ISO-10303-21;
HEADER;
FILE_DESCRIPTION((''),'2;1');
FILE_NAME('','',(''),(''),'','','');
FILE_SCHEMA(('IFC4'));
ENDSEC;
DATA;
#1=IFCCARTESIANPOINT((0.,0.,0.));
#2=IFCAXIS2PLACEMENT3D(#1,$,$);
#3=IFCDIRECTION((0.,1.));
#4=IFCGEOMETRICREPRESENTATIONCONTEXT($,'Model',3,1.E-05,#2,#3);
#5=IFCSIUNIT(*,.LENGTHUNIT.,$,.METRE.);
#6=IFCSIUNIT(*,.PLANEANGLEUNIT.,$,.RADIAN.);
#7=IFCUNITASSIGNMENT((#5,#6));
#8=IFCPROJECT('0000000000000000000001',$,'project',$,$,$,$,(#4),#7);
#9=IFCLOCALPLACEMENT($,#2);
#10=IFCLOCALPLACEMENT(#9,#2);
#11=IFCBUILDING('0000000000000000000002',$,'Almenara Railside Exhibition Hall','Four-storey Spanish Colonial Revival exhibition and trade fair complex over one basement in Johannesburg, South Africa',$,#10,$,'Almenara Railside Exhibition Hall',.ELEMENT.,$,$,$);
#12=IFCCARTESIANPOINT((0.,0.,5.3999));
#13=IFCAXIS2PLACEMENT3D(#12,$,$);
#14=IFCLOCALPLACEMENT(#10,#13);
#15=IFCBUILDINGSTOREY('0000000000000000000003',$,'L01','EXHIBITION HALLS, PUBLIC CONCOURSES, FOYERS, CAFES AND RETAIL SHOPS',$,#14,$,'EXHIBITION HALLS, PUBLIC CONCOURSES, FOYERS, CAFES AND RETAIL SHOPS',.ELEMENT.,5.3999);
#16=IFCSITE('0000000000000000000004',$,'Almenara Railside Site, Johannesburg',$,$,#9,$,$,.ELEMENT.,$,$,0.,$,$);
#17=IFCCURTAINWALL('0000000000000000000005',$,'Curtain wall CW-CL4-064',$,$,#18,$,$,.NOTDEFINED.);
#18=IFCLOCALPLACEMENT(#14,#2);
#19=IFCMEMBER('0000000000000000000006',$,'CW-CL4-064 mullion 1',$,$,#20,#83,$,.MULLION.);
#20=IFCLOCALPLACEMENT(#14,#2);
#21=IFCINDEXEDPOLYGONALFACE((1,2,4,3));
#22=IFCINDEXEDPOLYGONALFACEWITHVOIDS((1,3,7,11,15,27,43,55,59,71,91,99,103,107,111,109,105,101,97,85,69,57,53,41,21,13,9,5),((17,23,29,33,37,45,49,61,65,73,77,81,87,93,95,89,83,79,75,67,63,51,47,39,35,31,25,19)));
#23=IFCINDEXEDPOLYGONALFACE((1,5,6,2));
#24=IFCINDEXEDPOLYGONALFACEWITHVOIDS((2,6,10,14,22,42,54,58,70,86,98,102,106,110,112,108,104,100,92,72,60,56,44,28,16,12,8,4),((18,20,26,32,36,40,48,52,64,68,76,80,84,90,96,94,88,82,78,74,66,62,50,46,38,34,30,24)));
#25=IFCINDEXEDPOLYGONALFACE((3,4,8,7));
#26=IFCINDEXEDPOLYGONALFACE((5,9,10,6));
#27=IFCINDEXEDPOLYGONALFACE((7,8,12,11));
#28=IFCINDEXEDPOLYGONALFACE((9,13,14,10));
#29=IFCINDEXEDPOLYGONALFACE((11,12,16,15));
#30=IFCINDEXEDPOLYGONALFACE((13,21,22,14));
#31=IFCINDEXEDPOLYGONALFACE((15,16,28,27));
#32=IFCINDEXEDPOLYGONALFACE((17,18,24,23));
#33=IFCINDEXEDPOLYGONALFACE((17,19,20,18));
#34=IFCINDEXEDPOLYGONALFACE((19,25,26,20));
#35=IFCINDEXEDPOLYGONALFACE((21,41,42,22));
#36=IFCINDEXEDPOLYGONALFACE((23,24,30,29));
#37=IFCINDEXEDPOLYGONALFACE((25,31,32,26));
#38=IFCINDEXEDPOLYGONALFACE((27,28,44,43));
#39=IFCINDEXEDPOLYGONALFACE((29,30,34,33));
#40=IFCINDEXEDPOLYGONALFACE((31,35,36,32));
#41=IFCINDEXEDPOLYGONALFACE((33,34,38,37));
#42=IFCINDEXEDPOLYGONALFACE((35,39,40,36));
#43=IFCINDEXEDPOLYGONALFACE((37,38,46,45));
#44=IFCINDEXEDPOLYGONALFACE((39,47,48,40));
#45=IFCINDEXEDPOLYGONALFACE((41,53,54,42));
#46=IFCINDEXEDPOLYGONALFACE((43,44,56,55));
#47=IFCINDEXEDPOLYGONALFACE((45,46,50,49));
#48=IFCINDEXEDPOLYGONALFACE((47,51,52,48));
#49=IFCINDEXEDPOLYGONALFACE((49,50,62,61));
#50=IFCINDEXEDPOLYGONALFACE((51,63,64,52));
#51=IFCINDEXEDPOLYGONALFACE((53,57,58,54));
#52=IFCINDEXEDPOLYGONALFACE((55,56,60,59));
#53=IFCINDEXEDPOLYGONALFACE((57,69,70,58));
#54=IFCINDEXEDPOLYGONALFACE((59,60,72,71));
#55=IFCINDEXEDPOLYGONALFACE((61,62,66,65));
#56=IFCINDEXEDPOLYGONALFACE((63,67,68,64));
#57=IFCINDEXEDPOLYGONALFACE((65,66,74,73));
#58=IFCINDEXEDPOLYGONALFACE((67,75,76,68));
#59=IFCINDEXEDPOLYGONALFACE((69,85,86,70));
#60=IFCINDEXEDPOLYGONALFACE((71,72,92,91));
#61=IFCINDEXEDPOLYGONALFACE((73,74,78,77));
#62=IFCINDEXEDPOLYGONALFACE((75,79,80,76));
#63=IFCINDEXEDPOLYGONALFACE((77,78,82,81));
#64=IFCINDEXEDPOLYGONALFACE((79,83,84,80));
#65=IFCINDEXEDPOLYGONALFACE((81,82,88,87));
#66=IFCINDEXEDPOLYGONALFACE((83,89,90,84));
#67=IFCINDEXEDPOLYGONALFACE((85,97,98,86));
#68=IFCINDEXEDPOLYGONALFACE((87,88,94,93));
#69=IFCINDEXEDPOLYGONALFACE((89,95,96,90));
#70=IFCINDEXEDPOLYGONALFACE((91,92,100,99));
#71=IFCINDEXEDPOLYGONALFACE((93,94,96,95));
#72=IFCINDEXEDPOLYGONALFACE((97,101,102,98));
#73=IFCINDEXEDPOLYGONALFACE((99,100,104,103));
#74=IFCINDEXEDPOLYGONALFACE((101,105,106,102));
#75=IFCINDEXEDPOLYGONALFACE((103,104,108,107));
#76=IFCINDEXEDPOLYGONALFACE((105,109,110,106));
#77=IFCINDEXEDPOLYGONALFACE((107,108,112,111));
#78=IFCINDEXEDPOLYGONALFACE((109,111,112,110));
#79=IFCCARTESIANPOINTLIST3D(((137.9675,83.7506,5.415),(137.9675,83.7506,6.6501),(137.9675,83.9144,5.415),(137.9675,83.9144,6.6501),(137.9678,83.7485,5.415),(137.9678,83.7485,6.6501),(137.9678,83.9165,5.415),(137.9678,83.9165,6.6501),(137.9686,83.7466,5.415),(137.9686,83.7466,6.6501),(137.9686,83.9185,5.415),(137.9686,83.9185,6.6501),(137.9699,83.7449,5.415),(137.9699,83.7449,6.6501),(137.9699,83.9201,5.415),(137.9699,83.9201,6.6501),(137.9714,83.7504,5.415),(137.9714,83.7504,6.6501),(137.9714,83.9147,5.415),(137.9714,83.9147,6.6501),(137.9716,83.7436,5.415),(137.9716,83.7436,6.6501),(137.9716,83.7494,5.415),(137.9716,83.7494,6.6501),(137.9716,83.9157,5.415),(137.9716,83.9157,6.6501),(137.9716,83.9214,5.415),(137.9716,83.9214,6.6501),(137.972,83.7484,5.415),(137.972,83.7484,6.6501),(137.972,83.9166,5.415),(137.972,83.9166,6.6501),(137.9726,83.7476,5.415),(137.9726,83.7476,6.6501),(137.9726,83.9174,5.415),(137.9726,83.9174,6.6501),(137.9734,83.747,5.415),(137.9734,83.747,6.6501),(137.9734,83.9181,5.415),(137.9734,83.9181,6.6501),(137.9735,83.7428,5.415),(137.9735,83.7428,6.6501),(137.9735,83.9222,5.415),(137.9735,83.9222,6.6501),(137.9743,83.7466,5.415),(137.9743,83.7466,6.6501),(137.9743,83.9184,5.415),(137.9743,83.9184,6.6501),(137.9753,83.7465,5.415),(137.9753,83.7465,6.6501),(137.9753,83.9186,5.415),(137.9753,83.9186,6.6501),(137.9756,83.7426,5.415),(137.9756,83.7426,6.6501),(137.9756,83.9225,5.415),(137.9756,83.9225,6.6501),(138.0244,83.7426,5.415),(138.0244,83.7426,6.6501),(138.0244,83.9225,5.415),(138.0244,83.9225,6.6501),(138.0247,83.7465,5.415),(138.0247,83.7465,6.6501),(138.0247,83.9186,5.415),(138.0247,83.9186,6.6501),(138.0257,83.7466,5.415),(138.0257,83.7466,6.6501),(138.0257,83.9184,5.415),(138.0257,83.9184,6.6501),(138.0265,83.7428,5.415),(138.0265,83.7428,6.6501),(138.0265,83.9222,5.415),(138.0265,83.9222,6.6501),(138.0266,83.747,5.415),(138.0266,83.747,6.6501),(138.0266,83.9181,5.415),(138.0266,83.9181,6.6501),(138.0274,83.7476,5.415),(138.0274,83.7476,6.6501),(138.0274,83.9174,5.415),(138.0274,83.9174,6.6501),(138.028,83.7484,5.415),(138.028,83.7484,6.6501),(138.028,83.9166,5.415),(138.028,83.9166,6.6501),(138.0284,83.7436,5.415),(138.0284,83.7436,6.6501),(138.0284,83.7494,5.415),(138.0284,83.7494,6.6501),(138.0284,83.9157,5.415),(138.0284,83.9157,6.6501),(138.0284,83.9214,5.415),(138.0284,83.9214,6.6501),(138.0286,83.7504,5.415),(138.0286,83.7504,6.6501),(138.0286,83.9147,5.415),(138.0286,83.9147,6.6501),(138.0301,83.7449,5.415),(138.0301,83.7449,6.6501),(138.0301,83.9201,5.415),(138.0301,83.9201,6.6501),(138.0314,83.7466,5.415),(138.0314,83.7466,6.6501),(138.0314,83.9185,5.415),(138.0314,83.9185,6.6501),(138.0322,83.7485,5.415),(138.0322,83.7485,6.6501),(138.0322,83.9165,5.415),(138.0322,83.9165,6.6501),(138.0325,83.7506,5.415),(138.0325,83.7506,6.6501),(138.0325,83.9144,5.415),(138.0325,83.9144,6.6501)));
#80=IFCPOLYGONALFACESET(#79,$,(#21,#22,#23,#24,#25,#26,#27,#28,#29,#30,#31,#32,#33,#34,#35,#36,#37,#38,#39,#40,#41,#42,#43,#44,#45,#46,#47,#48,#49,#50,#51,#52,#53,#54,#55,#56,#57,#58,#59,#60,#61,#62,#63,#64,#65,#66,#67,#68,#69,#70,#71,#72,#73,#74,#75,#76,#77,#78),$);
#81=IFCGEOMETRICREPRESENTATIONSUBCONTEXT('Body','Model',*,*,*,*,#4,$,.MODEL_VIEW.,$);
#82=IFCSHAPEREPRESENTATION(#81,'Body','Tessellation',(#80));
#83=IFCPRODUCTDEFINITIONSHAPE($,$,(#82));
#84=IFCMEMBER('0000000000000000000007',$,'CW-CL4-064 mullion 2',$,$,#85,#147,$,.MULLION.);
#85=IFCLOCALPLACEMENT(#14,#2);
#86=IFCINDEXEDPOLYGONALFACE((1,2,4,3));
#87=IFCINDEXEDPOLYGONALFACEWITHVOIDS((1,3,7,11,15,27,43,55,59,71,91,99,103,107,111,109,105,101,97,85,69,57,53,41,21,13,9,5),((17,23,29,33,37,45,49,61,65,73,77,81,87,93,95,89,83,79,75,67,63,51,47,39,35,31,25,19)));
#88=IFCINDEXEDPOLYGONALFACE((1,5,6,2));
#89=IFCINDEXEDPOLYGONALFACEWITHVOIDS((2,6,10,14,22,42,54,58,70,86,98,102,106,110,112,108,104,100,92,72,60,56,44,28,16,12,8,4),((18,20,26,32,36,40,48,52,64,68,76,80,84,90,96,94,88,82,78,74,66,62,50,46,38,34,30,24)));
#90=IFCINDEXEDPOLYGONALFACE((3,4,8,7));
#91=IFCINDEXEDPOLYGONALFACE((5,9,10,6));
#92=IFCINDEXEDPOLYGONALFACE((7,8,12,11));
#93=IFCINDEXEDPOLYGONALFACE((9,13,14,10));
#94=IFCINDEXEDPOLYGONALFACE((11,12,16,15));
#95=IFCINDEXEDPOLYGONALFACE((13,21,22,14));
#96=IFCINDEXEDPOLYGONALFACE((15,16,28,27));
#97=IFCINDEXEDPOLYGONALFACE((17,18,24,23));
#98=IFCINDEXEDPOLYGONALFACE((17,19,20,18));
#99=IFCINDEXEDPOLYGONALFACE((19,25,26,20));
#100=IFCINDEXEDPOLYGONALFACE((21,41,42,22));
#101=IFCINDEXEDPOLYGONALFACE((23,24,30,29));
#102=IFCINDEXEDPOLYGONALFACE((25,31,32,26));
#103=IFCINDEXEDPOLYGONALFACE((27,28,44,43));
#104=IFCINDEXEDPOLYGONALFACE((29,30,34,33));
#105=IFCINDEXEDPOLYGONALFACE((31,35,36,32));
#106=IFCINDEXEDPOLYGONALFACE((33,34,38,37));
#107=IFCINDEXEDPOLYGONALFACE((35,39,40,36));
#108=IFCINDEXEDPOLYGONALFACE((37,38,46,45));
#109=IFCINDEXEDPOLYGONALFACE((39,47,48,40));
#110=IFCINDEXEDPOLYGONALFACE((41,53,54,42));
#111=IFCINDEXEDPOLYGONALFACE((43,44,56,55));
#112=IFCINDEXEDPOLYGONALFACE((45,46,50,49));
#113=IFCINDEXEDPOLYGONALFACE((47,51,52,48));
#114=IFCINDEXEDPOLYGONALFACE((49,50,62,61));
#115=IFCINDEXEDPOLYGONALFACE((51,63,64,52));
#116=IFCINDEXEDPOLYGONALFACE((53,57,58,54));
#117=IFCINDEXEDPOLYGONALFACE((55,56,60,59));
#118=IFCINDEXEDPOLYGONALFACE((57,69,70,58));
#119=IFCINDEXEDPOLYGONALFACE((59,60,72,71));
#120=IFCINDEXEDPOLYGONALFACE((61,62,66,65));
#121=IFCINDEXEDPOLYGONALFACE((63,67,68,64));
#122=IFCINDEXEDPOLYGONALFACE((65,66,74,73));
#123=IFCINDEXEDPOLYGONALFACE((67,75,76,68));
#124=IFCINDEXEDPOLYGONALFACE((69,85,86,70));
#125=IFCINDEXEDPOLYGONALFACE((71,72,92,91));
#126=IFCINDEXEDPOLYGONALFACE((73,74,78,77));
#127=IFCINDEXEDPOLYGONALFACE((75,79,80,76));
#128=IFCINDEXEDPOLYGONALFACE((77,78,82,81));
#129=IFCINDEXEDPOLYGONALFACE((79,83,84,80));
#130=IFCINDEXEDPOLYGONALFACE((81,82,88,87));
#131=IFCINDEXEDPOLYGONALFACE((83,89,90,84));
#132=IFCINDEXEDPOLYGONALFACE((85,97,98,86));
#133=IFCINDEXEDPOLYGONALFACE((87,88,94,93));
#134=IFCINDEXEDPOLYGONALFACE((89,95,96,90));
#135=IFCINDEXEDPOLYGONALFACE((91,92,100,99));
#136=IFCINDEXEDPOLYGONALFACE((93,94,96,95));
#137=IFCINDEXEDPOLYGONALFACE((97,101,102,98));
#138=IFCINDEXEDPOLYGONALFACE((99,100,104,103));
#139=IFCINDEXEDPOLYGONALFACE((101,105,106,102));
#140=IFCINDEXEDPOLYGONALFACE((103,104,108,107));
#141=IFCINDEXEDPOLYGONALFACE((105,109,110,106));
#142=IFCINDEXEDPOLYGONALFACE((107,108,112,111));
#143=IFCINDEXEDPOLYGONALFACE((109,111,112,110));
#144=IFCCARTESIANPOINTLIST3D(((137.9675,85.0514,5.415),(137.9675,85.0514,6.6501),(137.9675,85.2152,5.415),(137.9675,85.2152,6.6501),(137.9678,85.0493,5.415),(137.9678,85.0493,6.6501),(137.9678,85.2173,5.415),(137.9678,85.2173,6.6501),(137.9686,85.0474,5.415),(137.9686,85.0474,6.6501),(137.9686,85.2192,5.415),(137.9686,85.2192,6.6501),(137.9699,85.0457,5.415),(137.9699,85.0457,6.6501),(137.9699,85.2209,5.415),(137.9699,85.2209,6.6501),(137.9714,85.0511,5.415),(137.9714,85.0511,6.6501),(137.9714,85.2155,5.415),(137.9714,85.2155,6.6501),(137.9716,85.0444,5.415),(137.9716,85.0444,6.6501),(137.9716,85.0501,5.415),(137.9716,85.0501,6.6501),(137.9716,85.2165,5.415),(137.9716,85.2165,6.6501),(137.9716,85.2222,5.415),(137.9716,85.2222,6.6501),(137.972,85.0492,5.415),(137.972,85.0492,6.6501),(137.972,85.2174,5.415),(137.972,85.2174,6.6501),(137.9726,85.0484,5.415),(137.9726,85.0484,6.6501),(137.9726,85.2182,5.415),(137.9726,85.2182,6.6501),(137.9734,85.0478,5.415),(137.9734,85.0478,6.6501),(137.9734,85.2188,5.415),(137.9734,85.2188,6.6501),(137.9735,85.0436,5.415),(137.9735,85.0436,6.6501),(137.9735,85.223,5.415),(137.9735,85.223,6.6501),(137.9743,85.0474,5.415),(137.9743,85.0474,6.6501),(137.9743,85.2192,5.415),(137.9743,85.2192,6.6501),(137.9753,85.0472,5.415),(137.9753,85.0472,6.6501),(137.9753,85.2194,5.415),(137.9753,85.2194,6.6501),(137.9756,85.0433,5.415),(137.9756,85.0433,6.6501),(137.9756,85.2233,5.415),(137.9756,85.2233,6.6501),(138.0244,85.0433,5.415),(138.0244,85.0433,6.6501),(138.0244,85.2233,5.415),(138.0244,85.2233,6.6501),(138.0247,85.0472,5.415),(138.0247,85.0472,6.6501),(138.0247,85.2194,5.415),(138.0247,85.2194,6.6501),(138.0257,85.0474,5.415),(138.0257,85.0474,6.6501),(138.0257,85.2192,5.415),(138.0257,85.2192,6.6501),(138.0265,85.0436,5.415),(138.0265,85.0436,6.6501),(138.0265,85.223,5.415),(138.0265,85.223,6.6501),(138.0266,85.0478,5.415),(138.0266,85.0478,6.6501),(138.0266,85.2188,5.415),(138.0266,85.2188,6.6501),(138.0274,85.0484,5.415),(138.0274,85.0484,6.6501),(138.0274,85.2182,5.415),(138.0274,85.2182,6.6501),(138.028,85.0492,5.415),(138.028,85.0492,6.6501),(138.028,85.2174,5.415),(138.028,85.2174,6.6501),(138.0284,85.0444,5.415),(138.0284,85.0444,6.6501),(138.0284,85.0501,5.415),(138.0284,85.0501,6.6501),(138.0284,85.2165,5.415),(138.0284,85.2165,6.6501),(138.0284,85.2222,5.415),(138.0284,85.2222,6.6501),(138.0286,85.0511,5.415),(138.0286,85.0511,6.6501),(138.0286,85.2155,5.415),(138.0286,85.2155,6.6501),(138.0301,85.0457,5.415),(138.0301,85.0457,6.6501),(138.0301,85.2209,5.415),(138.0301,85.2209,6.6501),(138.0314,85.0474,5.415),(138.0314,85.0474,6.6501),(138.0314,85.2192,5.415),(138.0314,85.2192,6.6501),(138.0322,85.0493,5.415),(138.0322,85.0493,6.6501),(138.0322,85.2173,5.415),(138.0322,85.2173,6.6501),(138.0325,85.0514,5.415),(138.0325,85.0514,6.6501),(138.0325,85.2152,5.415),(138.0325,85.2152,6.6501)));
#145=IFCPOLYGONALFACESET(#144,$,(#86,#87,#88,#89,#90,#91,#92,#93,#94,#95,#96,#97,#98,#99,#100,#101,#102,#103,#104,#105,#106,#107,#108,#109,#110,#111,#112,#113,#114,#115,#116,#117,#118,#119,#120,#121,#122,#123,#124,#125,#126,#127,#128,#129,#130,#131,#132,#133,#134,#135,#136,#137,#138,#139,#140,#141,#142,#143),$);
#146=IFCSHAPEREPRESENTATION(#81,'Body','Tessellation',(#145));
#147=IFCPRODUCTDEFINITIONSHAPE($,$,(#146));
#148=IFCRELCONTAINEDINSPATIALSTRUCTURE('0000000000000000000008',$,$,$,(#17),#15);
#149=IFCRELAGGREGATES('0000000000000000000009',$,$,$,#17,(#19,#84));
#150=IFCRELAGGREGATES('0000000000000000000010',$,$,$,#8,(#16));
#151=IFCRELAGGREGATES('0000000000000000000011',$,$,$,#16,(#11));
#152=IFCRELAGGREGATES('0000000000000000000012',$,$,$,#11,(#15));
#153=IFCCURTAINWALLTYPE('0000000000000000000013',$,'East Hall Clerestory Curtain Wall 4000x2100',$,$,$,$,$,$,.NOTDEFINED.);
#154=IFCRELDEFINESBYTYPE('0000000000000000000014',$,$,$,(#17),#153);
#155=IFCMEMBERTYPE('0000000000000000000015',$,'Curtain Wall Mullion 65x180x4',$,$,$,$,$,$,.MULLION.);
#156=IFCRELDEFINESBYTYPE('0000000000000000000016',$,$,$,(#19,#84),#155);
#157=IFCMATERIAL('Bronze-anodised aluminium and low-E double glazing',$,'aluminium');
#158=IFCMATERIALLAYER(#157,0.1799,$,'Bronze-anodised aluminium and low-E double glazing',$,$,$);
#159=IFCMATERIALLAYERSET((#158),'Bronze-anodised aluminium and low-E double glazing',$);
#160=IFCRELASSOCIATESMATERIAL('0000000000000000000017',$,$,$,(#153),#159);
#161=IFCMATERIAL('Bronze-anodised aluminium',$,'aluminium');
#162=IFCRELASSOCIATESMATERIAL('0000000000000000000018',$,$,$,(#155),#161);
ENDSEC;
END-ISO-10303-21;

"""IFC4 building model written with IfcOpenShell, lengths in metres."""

from ifc_helpers import new_model, si_unit, direction, frame, origin, origin_2d, place, context, subcontext, project, spatial, hollow_rectangle, extrude, material, layer, layer_set, material_profile, profile_set, type_object, element, aggregate, save


model = new_model("IFC4")

# Units and contexts
model_context = context("Model", 3, precision=1e-05, world=origin(), true_north=direction((0.0, 1.0)))
body_context = subcontext(model_context, "Body", "Model", "MODEL_VIEW")
ifc_project = project(units=[si_unit("LENGTHUNIT", "METRE"), si_unit("PLANEANGLEUNIT", "RADIAN")], contexts=[model_context])

# Site, building, storey
site_placement = place(None, origin())
site = spatial("IfcSite", under=ifc_project, at=site_placement, Name="Almenara Railside Site, Johannesburg", CompositionType="ELEMENT", RefElevation=0.0)
building_placement = place(site_placement, origin())
building = spatial("IfcBuilding", under=site, at=building_placement, Name="Almenara Railside Exhibition Hall", Description="Four-storey Spanish Colonial Revival exhibition and trade fair complex over one basement in Johannesburg, South Africa", LongName="Almenara Railside Exhibition Hall", CompositionType="ELEMENT")
storey_placement = place(building_placement, frame((0.0, 0.0, 5.3999)))
storey = spatial("IfcBuildingStorey", under=building, at=storey_placement, Name="L01", Description="EXHIBITION HALLS, PUBLIC CONCOURSES, FOYERS, CAFES AND RETAIL SHOPS", LongName="EXHIBITION HALLS, PUBLIC CONCOURSES, FOYERS, CAFES AND RETAIL SHOPS", CompositionType="ELEMENT", Elevation=5.3999)

# Curtain wall, members
ifc_material_1 = material(Name="Bronze-anodised aluminium and low-E double glazing", Category="aluminium")
ifc_layer_1 = layer(ifc_material_1, 0.1799, Name="Bronze-anodised aluminium and low-E double glazing")
ifc_layer_set_1 = layer_set([ifc_layer_1], Name="Bronze-anodised aluminium and low-E double glazing")
curtain_wall_type = type_object("IfcCurtainWallType", Name="East Hall Clerestory Curtain Wall 4000x2100", PredefinedType="NOTDEFINED", material=ifc_layer_set_1)
curtain_wall_1_placement = place(storey_placement, origin())
curtain_wall_1 = element("IfcCurtainWall", 1, at=curtain_wall_1_placement, inside=storey, type_object=curtain_wall_type, Name="Curtain wall CW-CL4-064", PredefinedType="NOTDEFINED")
ifc_material_2 = material(Name="Bronze-anodised aluminium", Category="aluminium")
ifc_material_profile_1 = material_profile(ifc_material_2, hollow_rectangle(XDim=0.0649, YDim=0.1799, WallThickness=0.0039, InnerFilletRadius=0.0039, OuterFilletRadius=0.0081, at=origin_2d()), Name="ALU-MUL 65x180x4")
ifc_profile_set_1 = profile_set([ifc_material_profile_1], Name="Bronze-anodised aluminium")
member_type_1 = type_object("IfcMemberType", Name="Curtain Wall Mullion 65x180x4", PredefinedType="MULLION", material=ifc_profile_set_1)
member_1_placement = place(storey_placement, frame((138.0, 83.8325, 5.415), z_axis=(0.0, 0.0, 1.0), x_axis=(-1.0, 0.0, 0.0)))
member_1 = element("IfcMember", 2, at=member_1_placement, type_object=member_type_1, Name="CW-CL4-064 mullion 1", PredefinedType="MULLION", context=body_context, shape_type="SweptSolid", body=[
    extrude(hollow_rectangle(XDim=0.0649, YDim=0.1799, WallThickness=0.0039, InnerFilletRadius=0.0039, OuterFilletRadius=0.0081, at=origin_2d()), origin(), (0.0, 0.0, 1.0), 1.2351),
])
member_2_placement = place(storey_placement, frame((138.0, 85.1333, 5.415), z_axis=(0.0, 0.0, 1.0), x_axis=(-1.0, 0.0, 0.0)))
member_2 = element("IfcMember", 3, at=member_2_placement, type_object=member_type_1, Name="CW-CL4-064 mullion 2", PredefinedType="MULLION", context=body_context, shape_type="SweptSolid", body=[
    extrude(hollow_rectangle(XDim=0.0649, YDim=0.1799, WallThickness=0.0039, InnerFilletRadius=0.0039, OuterFilletRadius=0.0081, at=origin_2d()), origin(), (0.0, 0.0, 1.0), 1.2351),
])

aggregate(curtain_wall_1, [member_1, member_2])

save(model, "model.ifc")
